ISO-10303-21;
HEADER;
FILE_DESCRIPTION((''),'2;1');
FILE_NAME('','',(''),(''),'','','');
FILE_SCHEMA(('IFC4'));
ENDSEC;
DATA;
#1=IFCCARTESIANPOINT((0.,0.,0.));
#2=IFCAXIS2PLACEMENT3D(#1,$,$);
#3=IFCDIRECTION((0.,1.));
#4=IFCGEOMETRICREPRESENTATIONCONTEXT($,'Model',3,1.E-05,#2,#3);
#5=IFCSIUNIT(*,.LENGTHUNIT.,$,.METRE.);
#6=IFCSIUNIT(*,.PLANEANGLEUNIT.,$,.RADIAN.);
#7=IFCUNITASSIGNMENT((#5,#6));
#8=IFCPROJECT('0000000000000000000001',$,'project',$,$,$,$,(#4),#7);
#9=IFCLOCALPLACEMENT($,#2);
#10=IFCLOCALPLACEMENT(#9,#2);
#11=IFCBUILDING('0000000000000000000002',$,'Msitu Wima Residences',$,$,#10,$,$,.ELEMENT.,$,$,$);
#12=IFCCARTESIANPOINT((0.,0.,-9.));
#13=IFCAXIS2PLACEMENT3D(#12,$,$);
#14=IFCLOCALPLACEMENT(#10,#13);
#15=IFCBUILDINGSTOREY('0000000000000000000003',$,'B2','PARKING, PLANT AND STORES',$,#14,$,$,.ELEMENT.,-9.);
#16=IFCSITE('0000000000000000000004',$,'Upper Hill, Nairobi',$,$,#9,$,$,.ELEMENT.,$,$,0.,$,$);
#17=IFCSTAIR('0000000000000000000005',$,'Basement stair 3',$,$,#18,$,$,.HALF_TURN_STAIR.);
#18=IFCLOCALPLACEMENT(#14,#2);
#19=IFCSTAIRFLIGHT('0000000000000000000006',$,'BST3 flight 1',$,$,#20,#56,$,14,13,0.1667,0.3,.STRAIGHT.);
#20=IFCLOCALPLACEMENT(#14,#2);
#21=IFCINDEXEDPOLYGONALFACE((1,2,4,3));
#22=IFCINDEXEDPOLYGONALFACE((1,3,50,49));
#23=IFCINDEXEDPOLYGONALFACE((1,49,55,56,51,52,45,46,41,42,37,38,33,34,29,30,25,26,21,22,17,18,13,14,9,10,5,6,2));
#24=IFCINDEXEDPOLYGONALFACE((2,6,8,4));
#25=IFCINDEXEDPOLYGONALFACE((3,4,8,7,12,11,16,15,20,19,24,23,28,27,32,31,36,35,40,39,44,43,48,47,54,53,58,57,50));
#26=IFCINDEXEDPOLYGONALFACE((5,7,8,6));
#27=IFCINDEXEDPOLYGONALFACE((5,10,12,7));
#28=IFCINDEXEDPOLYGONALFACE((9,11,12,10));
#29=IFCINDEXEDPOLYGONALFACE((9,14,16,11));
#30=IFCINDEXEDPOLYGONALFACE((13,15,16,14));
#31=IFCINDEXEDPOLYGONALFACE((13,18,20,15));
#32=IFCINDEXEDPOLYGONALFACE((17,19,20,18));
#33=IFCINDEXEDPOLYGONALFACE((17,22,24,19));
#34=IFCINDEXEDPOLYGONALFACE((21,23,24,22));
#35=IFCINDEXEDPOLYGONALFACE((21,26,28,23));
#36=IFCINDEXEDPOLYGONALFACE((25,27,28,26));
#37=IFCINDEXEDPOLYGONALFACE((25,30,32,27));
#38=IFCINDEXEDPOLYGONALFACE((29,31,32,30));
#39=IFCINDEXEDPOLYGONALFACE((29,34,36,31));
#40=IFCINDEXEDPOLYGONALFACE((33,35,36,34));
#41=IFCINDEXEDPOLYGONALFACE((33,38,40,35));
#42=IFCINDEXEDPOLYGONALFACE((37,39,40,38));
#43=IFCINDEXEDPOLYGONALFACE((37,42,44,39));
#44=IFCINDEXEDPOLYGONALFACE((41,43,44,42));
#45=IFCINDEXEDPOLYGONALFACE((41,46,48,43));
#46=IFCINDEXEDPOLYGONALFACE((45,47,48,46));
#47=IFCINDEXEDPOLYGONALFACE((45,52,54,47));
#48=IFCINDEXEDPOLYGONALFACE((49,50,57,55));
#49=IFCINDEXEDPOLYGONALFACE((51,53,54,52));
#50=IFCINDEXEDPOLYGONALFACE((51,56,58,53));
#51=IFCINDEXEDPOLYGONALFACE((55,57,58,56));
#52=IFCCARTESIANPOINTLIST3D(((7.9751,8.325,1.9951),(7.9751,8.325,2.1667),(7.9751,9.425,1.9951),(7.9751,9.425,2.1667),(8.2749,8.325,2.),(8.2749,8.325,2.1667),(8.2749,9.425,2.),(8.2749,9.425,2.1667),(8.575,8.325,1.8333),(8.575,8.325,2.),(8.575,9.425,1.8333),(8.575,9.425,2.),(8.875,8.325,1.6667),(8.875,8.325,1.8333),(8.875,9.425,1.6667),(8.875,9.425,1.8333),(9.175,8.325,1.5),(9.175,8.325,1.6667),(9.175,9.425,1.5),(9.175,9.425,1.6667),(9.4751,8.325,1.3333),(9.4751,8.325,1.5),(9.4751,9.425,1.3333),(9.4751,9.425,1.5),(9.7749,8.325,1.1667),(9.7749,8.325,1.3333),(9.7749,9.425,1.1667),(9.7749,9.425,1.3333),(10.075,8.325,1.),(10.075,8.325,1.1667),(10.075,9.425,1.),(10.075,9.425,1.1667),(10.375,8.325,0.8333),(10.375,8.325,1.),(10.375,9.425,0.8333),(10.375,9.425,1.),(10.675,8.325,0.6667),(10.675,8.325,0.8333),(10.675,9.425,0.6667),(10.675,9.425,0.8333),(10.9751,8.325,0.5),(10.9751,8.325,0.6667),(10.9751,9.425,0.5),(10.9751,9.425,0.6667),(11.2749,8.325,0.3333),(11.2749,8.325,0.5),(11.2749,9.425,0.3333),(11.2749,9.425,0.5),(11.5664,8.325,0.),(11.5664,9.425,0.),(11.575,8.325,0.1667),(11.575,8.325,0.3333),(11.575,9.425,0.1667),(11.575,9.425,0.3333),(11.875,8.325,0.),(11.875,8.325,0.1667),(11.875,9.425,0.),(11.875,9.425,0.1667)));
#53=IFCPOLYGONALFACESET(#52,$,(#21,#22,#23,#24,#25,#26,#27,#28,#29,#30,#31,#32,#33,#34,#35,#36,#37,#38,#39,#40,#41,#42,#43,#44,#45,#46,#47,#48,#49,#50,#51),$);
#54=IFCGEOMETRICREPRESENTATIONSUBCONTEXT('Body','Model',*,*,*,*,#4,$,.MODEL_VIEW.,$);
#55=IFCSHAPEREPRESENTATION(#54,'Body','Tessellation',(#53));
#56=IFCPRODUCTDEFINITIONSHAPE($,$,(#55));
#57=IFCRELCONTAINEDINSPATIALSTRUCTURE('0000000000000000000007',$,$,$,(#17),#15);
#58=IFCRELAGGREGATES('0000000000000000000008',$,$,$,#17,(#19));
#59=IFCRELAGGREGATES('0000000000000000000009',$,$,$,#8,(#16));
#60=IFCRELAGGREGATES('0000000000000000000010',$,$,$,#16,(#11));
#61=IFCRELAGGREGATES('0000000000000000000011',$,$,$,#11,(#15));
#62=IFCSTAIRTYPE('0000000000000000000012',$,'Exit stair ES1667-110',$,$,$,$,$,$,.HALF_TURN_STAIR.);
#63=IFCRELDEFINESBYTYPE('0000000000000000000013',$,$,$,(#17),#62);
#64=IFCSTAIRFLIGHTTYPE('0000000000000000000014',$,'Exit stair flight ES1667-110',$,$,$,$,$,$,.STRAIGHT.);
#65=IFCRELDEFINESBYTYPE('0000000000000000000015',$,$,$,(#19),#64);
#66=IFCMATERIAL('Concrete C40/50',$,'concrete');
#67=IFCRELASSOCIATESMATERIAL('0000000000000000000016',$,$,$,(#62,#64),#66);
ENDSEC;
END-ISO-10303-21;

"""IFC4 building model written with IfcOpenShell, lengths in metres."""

from ifc_helpers import new_model, si_unit, direction, frame, origin, place, context, subcontext, project, spatial, polyline, outline, extrude, material, type_object, element, aggregate, save


model = new_model("IFC4")

# Units and contexts
model_context = context("Model", 3, precision=1e-05, world=origin(), true_north=direction((0.0, 1.0)))
body_context = subcontext(model_context, "Body", "Model", "MODEL_VIEW")
ifc_project = project(units=[si_unit("LENGTHUNIT", "METRE"), si_unit("PLANEANGLEUNIT", "RADIAN")], contexts=[model_context])

# Site, building, storey
site_placement = place(None, origin())
site = spatial("IfcSite", under=ifc_project, at=site_placement, Name="Upper Hill, Nairobi", CompositionType="ELEMENT", RefElevation=0.0)
building_placement = place(site_placement, origin())
building = spatial("IfcBuilding", under=site, at=building_placement, Name="Msitu Wima Residences", CompositionType="ELEMENT")
storey_placement = place(building_placement, frame((0.0, 0.0, -9.0)))
storey = spatial("IfcBuildingStorey", under=building, at=storey_placement, Name="B2", Description="PARKING, PLANT AND STORES", CompositionType="ELEMENT", Elevation=-9.0)

# Shared definitions
ifc_material_1 = material(Name="Concrete C40/50", Category="concrete")

# Stair, stair flight
stair_type = type_object("IfcStairType", Name="Exit stair ES1667-110", PredefinedType="HALF_TURN_STAIR", material=ifc_material_1)
stair_placement = place(storey_placement, origin())
stair = element("IfcStair", 1, at=stair_placement, inside=storey, type_object=stair_type, Name="Basement stair 3", PredefinedType="HALF_TURN_STAIR")
stair_flight_type = type_object("IfcStairFlightType", Name="Exit stair flight ES1667-110", PredefinedType="STRAIGHT", material=ifc_material_1)
stair_flight_placement = place(storey_placement, frame((11.875, 8.875, 0.0), z_axis=(0.0, 0.0, 1.0), x_axis=(-1.0, 0.0, 0.0)))
stair_flight = element("IfcStairFlight", 2, at=stair_flight_placement, type_object=stair_flight_type, Name="BST3 flight 1", NumberOfRisers=14, NumberOfTreads=13, PredefinedType="STRAIGHT", RiserHeight=0.1667, TreadLength=0.3, context=body_context, shape_type="SweptSolid", body=[
    extrude(outline(polyline([(0.0, 0.0), (0.0, 0.1667), (0.3, 0.1667), (0.3, 0.3333), (0.6001, 0.3333), (0.6001, 0.5), (0.8999, 0.5), (0.8999, 0.6667), (1.2, 0.6667), (1.2, 0.8333), (1.5, 0.8333), (1.5, 1.0), (1.8, 1.0), (1.8, 1.1667), (2.1001, 1.1667), (2.1001, 1.3333), (2.3999, 1.3333), (2.3999, 1.5), (2.7, 1.5), (2.7, 1.6667), (3.0, 1.6667), (3.0, 1.8333), (3.3, 1.8333), (3.3, 2.0), (3.6001, 2.0), (3.6001, 2.1667), (3.8999, 2.1667), (3.8999, 2.3333), (3.8999, 1.9951), (0.3086, 0.0), (0.0, 0.0)])), frame((0.0, 0.55, 0.0), z_axis=(0.0, -1.0, 0.0), x_axis=(1.0, 0.0, 0.0)), (0.0, 0.0, 1.0), 1.1001),
])
aggregate(stair, [stair_flight])

save(model, "model.ifc")
